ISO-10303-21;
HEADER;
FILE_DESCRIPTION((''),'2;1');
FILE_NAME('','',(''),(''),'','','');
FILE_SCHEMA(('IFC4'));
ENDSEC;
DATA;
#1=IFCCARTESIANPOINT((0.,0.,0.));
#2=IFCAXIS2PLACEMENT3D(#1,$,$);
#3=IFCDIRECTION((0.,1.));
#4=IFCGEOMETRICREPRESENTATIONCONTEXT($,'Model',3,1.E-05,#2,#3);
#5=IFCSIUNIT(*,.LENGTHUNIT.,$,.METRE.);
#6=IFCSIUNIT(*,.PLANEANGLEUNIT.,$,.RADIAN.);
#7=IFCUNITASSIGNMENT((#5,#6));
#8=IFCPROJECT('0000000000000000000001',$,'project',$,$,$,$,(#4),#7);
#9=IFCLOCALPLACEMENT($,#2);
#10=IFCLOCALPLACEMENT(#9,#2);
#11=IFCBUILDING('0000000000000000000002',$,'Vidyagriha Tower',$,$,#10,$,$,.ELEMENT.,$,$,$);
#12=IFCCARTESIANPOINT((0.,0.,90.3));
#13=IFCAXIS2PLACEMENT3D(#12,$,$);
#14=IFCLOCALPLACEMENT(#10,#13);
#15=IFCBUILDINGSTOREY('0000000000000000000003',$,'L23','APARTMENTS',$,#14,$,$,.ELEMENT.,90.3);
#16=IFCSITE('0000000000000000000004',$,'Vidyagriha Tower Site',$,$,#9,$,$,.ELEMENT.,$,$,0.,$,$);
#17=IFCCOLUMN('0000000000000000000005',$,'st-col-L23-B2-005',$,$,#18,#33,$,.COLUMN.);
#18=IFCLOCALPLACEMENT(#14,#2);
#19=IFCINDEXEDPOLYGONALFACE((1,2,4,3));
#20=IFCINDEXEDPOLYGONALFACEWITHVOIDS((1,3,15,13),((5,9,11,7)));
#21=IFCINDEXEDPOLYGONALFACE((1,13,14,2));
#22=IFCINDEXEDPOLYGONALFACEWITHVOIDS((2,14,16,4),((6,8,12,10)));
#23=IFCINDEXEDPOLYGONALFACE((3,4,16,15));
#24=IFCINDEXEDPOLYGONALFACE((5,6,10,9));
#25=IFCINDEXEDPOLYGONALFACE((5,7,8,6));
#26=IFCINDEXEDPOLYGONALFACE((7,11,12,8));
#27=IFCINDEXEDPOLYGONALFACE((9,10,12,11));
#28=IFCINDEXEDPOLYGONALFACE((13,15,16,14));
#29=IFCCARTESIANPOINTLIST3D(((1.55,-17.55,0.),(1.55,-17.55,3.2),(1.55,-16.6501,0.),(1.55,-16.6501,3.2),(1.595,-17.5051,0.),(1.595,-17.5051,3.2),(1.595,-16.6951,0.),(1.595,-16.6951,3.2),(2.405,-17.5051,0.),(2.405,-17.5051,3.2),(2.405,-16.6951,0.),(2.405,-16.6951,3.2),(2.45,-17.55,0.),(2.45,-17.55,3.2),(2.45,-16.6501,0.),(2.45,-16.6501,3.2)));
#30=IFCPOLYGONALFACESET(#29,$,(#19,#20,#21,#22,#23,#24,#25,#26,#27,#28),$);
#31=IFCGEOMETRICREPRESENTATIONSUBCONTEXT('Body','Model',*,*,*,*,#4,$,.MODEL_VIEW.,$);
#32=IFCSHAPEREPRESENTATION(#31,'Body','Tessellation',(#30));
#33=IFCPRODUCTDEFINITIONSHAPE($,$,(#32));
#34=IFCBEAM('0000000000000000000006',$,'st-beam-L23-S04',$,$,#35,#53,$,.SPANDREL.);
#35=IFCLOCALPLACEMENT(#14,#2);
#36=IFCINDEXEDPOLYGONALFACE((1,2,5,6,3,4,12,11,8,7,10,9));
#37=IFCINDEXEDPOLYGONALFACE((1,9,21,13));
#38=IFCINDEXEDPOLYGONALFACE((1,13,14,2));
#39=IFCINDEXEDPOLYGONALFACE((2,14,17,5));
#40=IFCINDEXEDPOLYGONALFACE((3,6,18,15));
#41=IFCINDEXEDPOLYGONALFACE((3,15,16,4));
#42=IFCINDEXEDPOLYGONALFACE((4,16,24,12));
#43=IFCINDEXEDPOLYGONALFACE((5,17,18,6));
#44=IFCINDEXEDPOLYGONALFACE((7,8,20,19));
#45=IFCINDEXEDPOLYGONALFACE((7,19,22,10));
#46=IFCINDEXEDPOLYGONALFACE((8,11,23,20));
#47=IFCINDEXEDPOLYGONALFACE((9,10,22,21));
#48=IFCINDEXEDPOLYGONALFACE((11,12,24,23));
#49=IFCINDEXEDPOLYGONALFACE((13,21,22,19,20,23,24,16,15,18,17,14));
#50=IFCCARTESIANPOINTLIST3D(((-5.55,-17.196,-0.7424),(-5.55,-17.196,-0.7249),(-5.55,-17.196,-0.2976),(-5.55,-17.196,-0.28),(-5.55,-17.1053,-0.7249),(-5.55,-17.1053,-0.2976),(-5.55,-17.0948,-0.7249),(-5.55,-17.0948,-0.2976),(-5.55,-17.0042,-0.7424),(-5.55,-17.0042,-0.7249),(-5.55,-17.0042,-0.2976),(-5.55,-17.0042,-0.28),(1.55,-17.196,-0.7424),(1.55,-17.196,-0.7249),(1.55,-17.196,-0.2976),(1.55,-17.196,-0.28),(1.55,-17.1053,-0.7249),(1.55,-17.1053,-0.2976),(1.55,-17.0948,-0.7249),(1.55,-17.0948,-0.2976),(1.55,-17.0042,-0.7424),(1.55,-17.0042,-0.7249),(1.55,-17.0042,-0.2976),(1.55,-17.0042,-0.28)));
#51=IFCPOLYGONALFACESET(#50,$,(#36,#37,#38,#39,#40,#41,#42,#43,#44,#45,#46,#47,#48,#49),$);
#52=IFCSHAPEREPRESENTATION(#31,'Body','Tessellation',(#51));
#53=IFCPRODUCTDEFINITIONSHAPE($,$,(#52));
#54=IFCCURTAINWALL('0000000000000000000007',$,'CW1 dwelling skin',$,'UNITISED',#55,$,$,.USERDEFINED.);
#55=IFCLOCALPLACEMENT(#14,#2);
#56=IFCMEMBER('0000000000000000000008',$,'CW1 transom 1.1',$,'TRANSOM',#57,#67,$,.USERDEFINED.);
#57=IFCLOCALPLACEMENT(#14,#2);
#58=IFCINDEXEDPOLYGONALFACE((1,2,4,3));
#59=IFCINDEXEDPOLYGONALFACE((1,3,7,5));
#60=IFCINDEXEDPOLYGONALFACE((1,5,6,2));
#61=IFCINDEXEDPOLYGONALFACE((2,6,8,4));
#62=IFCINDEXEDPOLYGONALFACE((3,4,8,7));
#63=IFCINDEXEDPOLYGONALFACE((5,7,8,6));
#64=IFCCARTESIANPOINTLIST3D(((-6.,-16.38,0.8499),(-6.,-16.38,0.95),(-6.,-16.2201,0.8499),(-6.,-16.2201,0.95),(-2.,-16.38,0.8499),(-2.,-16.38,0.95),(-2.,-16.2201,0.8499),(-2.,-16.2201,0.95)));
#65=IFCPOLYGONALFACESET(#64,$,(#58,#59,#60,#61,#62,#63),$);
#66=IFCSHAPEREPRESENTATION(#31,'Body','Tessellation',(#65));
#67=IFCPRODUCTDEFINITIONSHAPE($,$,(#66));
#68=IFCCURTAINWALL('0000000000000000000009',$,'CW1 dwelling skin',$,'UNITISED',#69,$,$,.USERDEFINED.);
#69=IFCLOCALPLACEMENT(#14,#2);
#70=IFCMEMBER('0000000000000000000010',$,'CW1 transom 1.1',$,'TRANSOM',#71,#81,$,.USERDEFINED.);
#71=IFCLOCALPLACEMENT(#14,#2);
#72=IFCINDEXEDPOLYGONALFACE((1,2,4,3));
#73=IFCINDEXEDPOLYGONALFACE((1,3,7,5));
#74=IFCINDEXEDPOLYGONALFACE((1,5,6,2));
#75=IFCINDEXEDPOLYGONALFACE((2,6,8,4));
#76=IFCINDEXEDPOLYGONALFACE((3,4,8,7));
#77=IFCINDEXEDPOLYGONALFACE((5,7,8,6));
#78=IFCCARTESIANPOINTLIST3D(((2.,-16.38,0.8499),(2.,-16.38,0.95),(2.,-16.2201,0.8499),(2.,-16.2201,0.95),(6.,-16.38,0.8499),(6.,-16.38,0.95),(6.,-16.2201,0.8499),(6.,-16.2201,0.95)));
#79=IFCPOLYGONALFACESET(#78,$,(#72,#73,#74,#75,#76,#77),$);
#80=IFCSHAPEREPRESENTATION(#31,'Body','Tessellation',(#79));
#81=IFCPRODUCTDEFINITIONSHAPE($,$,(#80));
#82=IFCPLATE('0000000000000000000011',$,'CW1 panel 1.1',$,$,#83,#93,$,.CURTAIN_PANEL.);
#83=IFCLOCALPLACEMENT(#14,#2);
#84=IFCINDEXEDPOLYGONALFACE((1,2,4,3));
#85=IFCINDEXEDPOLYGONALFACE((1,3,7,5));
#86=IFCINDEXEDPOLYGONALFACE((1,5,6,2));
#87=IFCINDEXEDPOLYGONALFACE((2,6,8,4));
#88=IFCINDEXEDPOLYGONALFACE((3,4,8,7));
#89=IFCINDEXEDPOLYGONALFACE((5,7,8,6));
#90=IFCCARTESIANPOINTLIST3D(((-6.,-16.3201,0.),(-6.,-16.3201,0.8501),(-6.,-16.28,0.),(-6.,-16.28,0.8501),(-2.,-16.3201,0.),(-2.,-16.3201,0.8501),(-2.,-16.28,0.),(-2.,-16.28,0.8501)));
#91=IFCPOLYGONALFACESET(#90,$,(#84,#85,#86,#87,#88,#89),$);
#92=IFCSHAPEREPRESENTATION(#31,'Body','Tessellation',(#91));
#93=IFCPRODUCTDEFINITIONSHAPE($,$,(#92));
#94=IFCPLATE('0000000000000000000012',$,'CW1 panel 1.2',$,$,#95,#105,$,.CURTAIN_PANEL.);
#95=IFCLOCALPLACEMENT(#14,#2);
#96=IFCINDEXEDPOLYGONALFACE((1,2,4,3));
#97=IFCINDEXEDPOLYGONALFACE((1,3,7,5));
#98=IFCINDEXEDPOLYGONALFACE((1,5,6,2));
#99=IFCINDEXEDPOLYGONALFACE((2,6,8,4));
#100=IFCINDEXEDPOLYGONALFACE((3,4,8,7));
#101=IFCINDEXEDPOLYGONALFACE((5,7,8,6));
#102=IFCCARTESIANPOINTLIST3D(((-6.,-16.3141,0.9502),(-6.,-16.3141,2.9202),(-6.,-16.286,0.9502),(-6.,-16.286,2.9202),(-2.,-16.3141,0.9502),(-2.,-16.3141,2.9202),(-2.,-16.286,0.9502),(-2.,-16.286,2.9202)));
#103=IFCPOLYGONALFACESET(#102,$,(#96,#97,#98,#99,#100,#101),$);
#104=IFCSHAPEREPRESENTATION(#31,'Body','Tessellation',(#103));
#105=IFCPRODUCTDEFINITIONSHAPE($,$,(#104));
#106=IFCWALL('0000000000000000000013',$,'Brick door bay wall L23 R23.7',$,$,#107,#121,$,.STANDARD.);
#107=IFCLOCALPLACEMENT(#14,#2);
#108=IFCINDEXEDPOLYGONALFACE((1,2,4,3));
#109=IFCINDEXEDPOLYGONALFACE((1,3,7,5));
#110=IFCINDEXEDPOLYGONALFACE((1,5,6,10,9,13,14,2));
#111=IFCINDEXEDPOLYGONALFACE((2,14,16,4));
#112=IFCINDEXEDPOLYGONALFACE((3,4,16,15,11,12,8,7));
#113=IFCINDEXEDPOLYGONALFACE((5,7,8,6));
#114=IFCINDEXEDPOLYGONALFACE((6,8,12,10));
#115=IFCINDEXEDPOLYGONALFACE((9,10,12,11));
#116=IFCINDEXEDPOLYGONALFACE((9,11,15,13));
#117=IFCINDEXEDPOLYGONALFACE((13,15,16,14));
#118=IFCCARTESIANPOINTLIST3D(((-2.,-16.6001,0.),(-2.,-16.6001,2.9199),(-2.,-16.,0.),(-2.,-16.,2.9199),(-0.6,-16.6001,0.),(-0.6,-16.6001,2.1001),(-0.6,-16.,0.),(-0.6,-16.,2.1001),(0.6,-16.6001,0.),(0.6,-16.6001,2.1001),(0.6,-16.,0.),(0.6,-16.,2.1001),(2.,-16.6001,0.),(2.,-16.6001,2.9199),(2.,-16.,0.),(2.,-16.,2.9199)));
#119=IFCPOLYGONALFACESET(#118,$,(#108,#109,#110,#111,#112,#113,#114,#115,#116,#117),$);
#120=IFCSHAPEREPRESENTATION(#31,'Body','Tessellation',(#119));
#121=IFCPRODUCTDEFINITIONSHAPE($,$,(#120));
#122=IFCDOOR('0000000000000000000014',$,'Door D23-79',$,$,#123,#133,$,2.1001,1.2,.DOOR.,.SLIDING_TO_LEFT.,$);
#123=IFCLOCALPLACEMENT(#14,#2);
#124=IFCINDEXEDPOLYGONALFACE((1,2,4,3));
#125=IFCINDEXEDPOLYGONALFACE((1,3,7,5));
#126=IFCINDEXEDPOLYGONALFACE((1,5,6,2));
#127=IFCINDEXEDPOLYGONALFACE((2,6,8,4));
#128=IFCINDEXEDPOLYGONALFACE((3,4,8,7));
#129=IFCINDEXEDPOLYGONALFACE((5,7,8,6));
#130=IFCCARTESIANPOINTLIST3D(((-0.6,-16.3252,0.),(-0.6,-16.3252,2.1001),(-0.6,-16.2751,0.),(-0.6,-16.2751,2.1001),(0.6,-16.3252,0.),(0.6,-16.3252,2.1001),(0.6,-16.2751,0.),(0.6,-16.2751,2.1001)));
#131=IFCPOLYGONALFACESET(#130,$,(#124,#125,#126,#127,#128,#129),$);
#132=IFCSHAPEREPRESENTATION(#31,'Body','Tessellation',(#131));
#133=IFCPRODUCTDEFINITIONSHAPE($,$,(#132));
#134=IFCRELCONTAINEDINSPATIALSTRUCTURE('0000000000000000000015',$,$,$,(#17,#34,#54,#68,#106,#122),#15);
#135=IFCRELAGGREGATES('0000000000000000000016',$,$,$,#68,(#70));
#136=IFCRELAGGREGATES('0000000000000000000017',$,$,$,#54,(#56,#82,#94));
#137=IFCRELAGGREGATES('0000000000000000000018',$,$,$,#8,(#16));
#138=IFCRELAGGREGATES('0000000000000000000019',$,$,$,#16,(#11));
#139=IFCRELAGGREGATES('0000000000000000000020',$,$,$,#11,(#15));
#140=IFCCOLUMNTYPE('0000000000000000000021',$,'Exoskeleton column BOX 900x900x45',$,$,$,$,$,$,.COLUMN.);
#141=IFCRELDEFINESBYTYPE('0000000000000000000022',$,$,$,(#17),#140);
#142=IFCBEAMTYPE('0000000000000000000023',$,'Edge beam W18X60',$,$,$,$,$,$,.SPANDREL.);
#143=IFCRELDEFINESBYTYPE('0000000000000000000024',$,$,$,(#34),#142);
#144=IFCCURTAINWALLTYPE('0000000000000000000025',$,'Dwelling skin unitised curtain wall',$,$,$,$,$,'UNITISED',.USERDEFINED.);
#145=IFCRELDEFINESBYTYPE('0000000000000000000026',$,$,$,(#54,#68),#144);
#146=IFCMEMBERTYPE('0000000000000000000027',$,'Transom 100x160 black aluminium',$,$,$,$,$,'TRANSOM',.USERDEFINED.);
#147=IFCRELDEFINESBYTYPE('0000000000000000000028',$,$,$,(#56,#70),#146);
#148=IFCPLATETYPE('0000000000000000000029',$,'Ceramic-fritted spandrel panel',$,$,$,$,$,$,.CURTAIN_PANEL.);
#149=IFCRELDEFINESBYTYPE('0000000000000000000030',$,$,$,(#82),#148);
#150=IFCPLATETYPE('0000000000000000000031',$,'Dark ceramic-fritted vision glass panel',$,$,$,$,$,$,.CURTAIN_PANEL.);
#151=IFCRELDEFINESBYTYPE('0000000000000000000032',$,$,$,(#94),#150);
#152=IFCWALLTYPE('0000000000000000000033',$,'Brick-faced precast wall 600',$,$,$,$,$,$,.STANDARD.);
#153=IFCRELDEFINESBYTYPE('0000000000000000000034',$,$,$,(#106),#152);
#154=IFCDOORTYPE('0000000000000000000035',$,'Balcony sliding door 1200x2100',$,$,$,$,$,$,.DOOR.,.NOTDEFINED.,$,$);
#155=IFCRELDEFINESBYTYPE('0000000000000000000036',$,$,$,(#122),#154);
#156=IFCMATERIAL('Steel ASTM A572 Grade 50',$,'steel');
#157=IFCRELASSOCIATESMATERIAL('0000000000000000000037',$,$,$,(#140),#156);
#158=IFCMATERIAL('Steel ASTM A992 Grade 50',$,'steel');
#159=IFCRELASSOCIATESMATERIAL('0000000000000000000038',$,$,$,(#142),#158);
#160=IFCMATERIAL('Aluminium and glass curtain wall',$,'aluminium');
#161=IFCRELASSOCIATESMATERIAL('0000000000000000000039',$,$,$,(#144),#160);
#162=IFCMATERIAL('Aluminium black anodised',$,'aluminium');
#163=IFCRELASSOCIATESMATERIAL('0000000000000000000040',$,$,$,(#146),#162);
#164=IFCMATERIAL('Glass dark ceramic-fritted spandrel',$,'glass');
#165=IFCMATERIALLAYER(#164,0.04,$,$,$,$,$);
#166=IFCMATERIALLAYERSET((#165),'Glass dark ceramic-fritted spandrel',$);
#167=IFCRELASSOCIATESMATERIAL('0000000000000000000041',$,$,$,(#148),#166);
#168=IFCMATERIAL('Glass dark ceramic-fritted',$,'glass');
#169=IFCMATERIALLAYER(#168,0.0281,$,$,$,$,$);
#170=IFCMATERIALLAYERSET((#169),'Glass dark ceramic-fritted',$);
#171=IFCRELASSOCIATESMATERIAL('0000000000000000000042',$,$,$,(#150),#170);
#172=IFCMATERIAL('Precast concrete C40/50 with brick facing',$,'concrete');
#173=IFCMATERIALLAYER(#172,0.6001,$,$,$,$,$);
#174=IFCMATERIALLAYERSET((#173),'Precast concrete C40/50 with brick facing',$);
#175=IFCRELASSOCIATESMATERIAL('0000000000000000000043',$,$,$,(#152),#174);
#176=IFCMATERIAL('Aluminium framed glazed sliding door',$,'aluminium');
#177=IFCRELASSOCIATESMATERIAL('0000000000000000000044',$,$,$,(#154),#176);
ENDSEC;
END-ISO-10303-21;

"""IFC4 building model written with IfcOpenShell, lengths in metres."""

from ifc_helpers import new_model, si_unit, direction, frame, frame_2d, origin, origin_2d, place, context, subcontext, project, spatial, rectangle, hollow_rectangle, i_section, extrude, material, layer, layer_set, material_profile, profile_set, type_object, element, fill, aggregate, save


model = new_model("IFC4")

# Units and contexts
model_context = context("Model", 3, precision=1e-05, world=origin(), true_north=direction((0.0, 1.0)))
body_context = subcontext(model_context, "Body", "Model", "MODEL_VIEW")
ifc_project = project(units=[si_unit("LENGTHUNIT", "METRE"), si_unit("PLANEANGLEUNIT", "RADIAN")], contexts=[model_context])

# Site, building, storey
site_placement = place(None, origin())
site = spatial("IfcSite", under=ifc_project, at=site_placement, Name="Vidyagriha Tower Site", CompositionType="ELEMENT", RefElevation=0.0)
building_placement = place(site_placement, origin())
building = spatial("IfcBuilding", under=site, at=building_placement, Name="Vidyagriha Tower", CompositionType="ELEMENT")
storey_placement = place(building_placement, frame((0.0, 0.0, 90.3)))
storey = spatial("IfcBuildingStorey", under=building, at=storey_placement, Name="L23", Description="APARTMENTS", CompositionType="ELEMENT", Elevation=90.3)

# Column
ifc_material_1 = material(Name="Steel ASTM A572 Grade 50", Category="steel")
ifc_material_profile_1 = material_profile(ifc_material_1, hollow_rectangle(XDim=0.8999, YDim=0.8999, WallThickness=0.0449, at=origin_2d()), Name="BOX 900x900x45")
ifc_profile_set_1 = profile_set([ifc_material_profile_1], Name="Steel ASTM A572 Grade 50")
column_type = type_object("IfcColumnType", Name="Exoskeleton column BOX 900x900x45", PredefinedType="COLUMN", material=ifc_profile_set_1)
column_placement = place(storey_placement, frame((2.0, -17.1001, 0.0)))
element("IfcColumn", 1, at=column_placement, inside=storey, type_object=column_type, Name="st-col-L23-B2-005", PredefinedType="COLUMN", context=body_context, shape_type="SweptSolid", body=[
    extrude(hollow_rectangle(XDim=0.8999, YDim=0.8999, WallThickness=0.0449, at=origin_2d()), origin(), (0.0, 0.0, 1.0), 3.2),
])

# Beam
ifc_material_2 = material(Name="Steel ASTM A992 Grade 50", Category="steel")
ifc_material_profile_2 = material_profile(ifc_material_2, i_section(OverallWidth=0.1919, OverallDepth=0.4624, WebThickness=0.0105, FlangeThickness=0.0176, at=origin_2d()), Name="W18X60")
ifc_profile_set_2 = profile_set([ifc_material_profile_2], Name="Steel ASTM A992 Grade 50")
beam_type = type_object("IfcBeamType", Name="Edge beam W18X60", PredefinedType="SPANDREL", material=ifc_profile_set_2)
beam_placement = place(storey_placement, frame((-5.55, -17.1001, -0.5112), z_axis=(1.0, 0.0, 0.0), x_axis=(0.0, 1.0, 0.0)))
element("IfcBeam", 2, at=beam_placement, inside=storey, type_object=beam_type, Name="st-beam-L23-S04", PredefinedType="SPANDREL", context=body_context, shape_type="SweptSolid", body=[
    extrude(i_section(OverallWidth=0.1919, OverallDepth=0.4624, WebThickness=0.0105, FlangeThickness=0.0176, at=origin_2d()), origin(), (0.0, 0.0, 1.0), 7.1001),
])

# Curtain walls, members
ifc_material_3 = material(Name="Aluminium and glass curtain wall", Category="aluminium")
curtain_wall_type = type_object("IfcCurtainWallType", Name="Dwelling skin unitised curtain wall", ElementType="UNITISED", PredefinedType="USERDEFINED", material=ifc_material_3)
curtain_wall_1_placement = place(storey_placement, origin())
curtain_wall_1 = element("IfcCurtainWall", 3, at=curtain_wall_1_placement, inside=storey, type_object=curtain_wall_type, Name="CW1 dwelling skin", ObjectType="UNITISED", PredefinedType="USERDEFINED")
ifc_material_4 = material(Name="Aluminium black anodised", Category="aluminium")
ifc_material_profile_3 = material_profile(ifc_material_4, rectangle(XDim=0.1599, YDim=0.1001, at=origin_2d()), Name="Transom 100x160 black aluminium")
ifc_profile_set_3 = profile_set([ifc_material_profile_3], Name="Aluminium black anodised")
member_type = type_object("IfcMemberType", Name="Transom 100x160 black aluminium", ElementType="TRANSOM", PredefinedType="USERDEFINED", material=ifc_profile_set_3)
member_1_placement = place(storey_placement, frame((-6.0, -16.3, 0.8999), z_axis=(1.0, 0.0, 0.0), x_axis=(0.0, 1.0, 0.0)))
member_1 = element("IfcMember", 4, at=member_1_placement, type_object=member_type, Name="CW1 transom 1.1", ObjectType="TRANSOM", PredefinedType="USERDEFINED", context=body_context, shape_type="SweptSolid", body=[
    extrude(rectangle(XDim=0.1599, YDim=0.1001, at=origin_2d()), origin(), (0.0, 0.0, 1.0), 4.0),
])
curtain_wall_2_placement = place(storey_placement, origin())
curtain_wall_2 = element("IfcCurtainWall", 5, at=curtain_wall_2_placement, inside=storey, type_object=curtain_wall_type, Name="CW1 dwelling skin", ObjectType="UNITISED", PredefinedType="USERDEFINED")
member_2_placement = place(storey_placement, frame((2.0, -16.3, 0.8999), z_axis=(1.0, 0.0, 0.0), x_axis=(0.0, 1.0, 0.0)))
member_2 = element("IfcMember", 6, at=member_2_placement, type_object=member_type, Name="CW1 transom 1.1", ObjectType="TRANSOM", PredefinedType="USERDEFINED", context=body_context, shape_type="SweptSolid", body=[
    extrude(rectangle(XDim=0.1599, YDim=0.1001, at=origin_2d()), origin(), (0.0, 0.0, 1.0), 4.0),
])
aggregate(curtain_wall_2, [member_2])

# Plates
ifc_material_5 = material(Name="Glass dark ceramic-fritted spandrel", Category="glass")
ifc_layer_1 = layer(ifc_material_5, 0.04)
ifc_layer_set_1 = layer_set([ifc_layer_1], Name="Glass dark ceramic-fritted spandrel")
plate_type_1 = type_object("IfcPlateType", Name="Ceramic-fritted spandrel panel", PredefinedType="CURTAIN_PANEL", material=ifc_layer_set_1)
plate_1_placement = place(storey_placement, frame((-4.0, -16.3, 0.0)))
plate_1 = element("IfcPlate", 7, at=plate_1_placement, type_object=plate_type_1, Name="CW1 panel 1.1", PredefinedType="CURTAIN_PANEL", context=body_context, shape_type="SweptSolid", body=[
    extrude(rectangle(XDim=4.0, YDim=0.04, at=origin_2d()), origin(), (0.0, 0.0, 1.0), 0.8501),
])
ifc_material_6 = material(Name="Glass dark ceramic-fritted", Category="glass")
ifc_layer_2 = layer(ifc_material_6, 0.0281)
ifc_layer_set_2 = layer_set([ifc_layer_2], Name="Glass dark ceramic-fritted")
plate_type_2 = type_object("IfcPlateType", Name="Dark ceramic-fritted vision glass panel", PredefinedType="CURTAIN_PANEL", material=ifc_layer_set_2)
plate_2_placement = place(storey_placement, frame((-4.0, -16.3, 0.9502)))
plate_2 = element("IfcPlate", 8, at=plate_2_placement, type_object=plate_type_2, Name="CW1 panel 1.2", PredefinedType="CURTAIN_PANEL", context=body_context, shape_type="SweptSolid", body=[
    extrude(rectangle(XDim=4.0, YDim=0.0281, at=origin_2d()), origin(), (0.0, 0.0, 1.0), 1.97),
])
aggregate(curtain_wall_1, [member_1, plate_1, plate_2])

# Wall, opening, door
ifc_material_7 = material(Name="Precast concrete C40/50 with brick facing", Category="concrete")
ifc_layer_3 = layer(ifc_material_7, 0.6001)
ifc_layer_set_3 = layer_set([ifc_layer_3], Name="Precast concrete C40/50 with brick facing")
wall_type_1 = type_object("IfcWallType", Name="Brick-faced precast wall 600", PredefinedType="STANDARD", material=ifc_layer_set_3)
wall_1_placement = place(storey_placement, frame((-2.0, -16.3, 0.0)))
wall_1 = element("IfcWall", 9, at=wall_1_placement, inside=storey, type_object=wall_type_1, Name="Brick door bay wall L23 R23.7", PredefinedType="STANDARD", context=body_context, shape_type="SweptSolid", body=[
    extrude(rectangle(XDim=4.0, YDim=0.6001, at=frame_2d((2.0, 0.0))), origin(), (0.0, 0.0, 1.0), 2.9199),
])
opening_1_placement = place(wall_1_placement, frame((1.3999, 0.0, 0.0)))
opening_1 = element("IfcOpeningElement", 10, at=opening_1_placement, cuts=wall_1, PredefinedType="OPENING", context=body_context, shape_type="SweptSolid", body=[
    extrude(rectangle(XDim=1.2, YDim=2.1001, at=frame_2d((0.6001, 1.05))), frame((0.0, 0.3101, 0.0), z_axis=(0.0, -1.0, 0.0), x_axis=(1.0, 0.0, 0.0)), (0.0, 0.0, 1.0), 0.6201),
])
ifc_material_8 = material(Name="Aluminium framed glazed sliding door", Category="aluminium")
door_type_1 = type_object("IfcDoorType", Name="Balcony sliding door 1200x2100", OperationType="NOTDEFINED", PredefinedType="DOOR", material=ifc_material_8)
door_1_placement = place(opening_1_placement, origin())
door_1 = element("IfcDoor", 11, at=door_1_placement, inside=storey, type_object=door_type_1, Name="Door D23-79", OperationType="SLIDING_TO_LEFT", OverallHeight=2.1001, OverallWidth=1.2, PredefinedType="DOOR", context=body_context, shape_type="SweptSolid", body=[
    extrude(rectangle(XDim=1.2, YDim=2.1001, at=frame_2d((0.6001, 1.05))), frame((0.0, 0.0249, 0.0), z_axis=(0.0, -1.0, 0.0), x_axis=(1.0, 0.0, 0.0)), (0.0, 0.0, 1.0), 0.05),
])
fill(opening_1, door_1)

save(model, "model.ifc")
